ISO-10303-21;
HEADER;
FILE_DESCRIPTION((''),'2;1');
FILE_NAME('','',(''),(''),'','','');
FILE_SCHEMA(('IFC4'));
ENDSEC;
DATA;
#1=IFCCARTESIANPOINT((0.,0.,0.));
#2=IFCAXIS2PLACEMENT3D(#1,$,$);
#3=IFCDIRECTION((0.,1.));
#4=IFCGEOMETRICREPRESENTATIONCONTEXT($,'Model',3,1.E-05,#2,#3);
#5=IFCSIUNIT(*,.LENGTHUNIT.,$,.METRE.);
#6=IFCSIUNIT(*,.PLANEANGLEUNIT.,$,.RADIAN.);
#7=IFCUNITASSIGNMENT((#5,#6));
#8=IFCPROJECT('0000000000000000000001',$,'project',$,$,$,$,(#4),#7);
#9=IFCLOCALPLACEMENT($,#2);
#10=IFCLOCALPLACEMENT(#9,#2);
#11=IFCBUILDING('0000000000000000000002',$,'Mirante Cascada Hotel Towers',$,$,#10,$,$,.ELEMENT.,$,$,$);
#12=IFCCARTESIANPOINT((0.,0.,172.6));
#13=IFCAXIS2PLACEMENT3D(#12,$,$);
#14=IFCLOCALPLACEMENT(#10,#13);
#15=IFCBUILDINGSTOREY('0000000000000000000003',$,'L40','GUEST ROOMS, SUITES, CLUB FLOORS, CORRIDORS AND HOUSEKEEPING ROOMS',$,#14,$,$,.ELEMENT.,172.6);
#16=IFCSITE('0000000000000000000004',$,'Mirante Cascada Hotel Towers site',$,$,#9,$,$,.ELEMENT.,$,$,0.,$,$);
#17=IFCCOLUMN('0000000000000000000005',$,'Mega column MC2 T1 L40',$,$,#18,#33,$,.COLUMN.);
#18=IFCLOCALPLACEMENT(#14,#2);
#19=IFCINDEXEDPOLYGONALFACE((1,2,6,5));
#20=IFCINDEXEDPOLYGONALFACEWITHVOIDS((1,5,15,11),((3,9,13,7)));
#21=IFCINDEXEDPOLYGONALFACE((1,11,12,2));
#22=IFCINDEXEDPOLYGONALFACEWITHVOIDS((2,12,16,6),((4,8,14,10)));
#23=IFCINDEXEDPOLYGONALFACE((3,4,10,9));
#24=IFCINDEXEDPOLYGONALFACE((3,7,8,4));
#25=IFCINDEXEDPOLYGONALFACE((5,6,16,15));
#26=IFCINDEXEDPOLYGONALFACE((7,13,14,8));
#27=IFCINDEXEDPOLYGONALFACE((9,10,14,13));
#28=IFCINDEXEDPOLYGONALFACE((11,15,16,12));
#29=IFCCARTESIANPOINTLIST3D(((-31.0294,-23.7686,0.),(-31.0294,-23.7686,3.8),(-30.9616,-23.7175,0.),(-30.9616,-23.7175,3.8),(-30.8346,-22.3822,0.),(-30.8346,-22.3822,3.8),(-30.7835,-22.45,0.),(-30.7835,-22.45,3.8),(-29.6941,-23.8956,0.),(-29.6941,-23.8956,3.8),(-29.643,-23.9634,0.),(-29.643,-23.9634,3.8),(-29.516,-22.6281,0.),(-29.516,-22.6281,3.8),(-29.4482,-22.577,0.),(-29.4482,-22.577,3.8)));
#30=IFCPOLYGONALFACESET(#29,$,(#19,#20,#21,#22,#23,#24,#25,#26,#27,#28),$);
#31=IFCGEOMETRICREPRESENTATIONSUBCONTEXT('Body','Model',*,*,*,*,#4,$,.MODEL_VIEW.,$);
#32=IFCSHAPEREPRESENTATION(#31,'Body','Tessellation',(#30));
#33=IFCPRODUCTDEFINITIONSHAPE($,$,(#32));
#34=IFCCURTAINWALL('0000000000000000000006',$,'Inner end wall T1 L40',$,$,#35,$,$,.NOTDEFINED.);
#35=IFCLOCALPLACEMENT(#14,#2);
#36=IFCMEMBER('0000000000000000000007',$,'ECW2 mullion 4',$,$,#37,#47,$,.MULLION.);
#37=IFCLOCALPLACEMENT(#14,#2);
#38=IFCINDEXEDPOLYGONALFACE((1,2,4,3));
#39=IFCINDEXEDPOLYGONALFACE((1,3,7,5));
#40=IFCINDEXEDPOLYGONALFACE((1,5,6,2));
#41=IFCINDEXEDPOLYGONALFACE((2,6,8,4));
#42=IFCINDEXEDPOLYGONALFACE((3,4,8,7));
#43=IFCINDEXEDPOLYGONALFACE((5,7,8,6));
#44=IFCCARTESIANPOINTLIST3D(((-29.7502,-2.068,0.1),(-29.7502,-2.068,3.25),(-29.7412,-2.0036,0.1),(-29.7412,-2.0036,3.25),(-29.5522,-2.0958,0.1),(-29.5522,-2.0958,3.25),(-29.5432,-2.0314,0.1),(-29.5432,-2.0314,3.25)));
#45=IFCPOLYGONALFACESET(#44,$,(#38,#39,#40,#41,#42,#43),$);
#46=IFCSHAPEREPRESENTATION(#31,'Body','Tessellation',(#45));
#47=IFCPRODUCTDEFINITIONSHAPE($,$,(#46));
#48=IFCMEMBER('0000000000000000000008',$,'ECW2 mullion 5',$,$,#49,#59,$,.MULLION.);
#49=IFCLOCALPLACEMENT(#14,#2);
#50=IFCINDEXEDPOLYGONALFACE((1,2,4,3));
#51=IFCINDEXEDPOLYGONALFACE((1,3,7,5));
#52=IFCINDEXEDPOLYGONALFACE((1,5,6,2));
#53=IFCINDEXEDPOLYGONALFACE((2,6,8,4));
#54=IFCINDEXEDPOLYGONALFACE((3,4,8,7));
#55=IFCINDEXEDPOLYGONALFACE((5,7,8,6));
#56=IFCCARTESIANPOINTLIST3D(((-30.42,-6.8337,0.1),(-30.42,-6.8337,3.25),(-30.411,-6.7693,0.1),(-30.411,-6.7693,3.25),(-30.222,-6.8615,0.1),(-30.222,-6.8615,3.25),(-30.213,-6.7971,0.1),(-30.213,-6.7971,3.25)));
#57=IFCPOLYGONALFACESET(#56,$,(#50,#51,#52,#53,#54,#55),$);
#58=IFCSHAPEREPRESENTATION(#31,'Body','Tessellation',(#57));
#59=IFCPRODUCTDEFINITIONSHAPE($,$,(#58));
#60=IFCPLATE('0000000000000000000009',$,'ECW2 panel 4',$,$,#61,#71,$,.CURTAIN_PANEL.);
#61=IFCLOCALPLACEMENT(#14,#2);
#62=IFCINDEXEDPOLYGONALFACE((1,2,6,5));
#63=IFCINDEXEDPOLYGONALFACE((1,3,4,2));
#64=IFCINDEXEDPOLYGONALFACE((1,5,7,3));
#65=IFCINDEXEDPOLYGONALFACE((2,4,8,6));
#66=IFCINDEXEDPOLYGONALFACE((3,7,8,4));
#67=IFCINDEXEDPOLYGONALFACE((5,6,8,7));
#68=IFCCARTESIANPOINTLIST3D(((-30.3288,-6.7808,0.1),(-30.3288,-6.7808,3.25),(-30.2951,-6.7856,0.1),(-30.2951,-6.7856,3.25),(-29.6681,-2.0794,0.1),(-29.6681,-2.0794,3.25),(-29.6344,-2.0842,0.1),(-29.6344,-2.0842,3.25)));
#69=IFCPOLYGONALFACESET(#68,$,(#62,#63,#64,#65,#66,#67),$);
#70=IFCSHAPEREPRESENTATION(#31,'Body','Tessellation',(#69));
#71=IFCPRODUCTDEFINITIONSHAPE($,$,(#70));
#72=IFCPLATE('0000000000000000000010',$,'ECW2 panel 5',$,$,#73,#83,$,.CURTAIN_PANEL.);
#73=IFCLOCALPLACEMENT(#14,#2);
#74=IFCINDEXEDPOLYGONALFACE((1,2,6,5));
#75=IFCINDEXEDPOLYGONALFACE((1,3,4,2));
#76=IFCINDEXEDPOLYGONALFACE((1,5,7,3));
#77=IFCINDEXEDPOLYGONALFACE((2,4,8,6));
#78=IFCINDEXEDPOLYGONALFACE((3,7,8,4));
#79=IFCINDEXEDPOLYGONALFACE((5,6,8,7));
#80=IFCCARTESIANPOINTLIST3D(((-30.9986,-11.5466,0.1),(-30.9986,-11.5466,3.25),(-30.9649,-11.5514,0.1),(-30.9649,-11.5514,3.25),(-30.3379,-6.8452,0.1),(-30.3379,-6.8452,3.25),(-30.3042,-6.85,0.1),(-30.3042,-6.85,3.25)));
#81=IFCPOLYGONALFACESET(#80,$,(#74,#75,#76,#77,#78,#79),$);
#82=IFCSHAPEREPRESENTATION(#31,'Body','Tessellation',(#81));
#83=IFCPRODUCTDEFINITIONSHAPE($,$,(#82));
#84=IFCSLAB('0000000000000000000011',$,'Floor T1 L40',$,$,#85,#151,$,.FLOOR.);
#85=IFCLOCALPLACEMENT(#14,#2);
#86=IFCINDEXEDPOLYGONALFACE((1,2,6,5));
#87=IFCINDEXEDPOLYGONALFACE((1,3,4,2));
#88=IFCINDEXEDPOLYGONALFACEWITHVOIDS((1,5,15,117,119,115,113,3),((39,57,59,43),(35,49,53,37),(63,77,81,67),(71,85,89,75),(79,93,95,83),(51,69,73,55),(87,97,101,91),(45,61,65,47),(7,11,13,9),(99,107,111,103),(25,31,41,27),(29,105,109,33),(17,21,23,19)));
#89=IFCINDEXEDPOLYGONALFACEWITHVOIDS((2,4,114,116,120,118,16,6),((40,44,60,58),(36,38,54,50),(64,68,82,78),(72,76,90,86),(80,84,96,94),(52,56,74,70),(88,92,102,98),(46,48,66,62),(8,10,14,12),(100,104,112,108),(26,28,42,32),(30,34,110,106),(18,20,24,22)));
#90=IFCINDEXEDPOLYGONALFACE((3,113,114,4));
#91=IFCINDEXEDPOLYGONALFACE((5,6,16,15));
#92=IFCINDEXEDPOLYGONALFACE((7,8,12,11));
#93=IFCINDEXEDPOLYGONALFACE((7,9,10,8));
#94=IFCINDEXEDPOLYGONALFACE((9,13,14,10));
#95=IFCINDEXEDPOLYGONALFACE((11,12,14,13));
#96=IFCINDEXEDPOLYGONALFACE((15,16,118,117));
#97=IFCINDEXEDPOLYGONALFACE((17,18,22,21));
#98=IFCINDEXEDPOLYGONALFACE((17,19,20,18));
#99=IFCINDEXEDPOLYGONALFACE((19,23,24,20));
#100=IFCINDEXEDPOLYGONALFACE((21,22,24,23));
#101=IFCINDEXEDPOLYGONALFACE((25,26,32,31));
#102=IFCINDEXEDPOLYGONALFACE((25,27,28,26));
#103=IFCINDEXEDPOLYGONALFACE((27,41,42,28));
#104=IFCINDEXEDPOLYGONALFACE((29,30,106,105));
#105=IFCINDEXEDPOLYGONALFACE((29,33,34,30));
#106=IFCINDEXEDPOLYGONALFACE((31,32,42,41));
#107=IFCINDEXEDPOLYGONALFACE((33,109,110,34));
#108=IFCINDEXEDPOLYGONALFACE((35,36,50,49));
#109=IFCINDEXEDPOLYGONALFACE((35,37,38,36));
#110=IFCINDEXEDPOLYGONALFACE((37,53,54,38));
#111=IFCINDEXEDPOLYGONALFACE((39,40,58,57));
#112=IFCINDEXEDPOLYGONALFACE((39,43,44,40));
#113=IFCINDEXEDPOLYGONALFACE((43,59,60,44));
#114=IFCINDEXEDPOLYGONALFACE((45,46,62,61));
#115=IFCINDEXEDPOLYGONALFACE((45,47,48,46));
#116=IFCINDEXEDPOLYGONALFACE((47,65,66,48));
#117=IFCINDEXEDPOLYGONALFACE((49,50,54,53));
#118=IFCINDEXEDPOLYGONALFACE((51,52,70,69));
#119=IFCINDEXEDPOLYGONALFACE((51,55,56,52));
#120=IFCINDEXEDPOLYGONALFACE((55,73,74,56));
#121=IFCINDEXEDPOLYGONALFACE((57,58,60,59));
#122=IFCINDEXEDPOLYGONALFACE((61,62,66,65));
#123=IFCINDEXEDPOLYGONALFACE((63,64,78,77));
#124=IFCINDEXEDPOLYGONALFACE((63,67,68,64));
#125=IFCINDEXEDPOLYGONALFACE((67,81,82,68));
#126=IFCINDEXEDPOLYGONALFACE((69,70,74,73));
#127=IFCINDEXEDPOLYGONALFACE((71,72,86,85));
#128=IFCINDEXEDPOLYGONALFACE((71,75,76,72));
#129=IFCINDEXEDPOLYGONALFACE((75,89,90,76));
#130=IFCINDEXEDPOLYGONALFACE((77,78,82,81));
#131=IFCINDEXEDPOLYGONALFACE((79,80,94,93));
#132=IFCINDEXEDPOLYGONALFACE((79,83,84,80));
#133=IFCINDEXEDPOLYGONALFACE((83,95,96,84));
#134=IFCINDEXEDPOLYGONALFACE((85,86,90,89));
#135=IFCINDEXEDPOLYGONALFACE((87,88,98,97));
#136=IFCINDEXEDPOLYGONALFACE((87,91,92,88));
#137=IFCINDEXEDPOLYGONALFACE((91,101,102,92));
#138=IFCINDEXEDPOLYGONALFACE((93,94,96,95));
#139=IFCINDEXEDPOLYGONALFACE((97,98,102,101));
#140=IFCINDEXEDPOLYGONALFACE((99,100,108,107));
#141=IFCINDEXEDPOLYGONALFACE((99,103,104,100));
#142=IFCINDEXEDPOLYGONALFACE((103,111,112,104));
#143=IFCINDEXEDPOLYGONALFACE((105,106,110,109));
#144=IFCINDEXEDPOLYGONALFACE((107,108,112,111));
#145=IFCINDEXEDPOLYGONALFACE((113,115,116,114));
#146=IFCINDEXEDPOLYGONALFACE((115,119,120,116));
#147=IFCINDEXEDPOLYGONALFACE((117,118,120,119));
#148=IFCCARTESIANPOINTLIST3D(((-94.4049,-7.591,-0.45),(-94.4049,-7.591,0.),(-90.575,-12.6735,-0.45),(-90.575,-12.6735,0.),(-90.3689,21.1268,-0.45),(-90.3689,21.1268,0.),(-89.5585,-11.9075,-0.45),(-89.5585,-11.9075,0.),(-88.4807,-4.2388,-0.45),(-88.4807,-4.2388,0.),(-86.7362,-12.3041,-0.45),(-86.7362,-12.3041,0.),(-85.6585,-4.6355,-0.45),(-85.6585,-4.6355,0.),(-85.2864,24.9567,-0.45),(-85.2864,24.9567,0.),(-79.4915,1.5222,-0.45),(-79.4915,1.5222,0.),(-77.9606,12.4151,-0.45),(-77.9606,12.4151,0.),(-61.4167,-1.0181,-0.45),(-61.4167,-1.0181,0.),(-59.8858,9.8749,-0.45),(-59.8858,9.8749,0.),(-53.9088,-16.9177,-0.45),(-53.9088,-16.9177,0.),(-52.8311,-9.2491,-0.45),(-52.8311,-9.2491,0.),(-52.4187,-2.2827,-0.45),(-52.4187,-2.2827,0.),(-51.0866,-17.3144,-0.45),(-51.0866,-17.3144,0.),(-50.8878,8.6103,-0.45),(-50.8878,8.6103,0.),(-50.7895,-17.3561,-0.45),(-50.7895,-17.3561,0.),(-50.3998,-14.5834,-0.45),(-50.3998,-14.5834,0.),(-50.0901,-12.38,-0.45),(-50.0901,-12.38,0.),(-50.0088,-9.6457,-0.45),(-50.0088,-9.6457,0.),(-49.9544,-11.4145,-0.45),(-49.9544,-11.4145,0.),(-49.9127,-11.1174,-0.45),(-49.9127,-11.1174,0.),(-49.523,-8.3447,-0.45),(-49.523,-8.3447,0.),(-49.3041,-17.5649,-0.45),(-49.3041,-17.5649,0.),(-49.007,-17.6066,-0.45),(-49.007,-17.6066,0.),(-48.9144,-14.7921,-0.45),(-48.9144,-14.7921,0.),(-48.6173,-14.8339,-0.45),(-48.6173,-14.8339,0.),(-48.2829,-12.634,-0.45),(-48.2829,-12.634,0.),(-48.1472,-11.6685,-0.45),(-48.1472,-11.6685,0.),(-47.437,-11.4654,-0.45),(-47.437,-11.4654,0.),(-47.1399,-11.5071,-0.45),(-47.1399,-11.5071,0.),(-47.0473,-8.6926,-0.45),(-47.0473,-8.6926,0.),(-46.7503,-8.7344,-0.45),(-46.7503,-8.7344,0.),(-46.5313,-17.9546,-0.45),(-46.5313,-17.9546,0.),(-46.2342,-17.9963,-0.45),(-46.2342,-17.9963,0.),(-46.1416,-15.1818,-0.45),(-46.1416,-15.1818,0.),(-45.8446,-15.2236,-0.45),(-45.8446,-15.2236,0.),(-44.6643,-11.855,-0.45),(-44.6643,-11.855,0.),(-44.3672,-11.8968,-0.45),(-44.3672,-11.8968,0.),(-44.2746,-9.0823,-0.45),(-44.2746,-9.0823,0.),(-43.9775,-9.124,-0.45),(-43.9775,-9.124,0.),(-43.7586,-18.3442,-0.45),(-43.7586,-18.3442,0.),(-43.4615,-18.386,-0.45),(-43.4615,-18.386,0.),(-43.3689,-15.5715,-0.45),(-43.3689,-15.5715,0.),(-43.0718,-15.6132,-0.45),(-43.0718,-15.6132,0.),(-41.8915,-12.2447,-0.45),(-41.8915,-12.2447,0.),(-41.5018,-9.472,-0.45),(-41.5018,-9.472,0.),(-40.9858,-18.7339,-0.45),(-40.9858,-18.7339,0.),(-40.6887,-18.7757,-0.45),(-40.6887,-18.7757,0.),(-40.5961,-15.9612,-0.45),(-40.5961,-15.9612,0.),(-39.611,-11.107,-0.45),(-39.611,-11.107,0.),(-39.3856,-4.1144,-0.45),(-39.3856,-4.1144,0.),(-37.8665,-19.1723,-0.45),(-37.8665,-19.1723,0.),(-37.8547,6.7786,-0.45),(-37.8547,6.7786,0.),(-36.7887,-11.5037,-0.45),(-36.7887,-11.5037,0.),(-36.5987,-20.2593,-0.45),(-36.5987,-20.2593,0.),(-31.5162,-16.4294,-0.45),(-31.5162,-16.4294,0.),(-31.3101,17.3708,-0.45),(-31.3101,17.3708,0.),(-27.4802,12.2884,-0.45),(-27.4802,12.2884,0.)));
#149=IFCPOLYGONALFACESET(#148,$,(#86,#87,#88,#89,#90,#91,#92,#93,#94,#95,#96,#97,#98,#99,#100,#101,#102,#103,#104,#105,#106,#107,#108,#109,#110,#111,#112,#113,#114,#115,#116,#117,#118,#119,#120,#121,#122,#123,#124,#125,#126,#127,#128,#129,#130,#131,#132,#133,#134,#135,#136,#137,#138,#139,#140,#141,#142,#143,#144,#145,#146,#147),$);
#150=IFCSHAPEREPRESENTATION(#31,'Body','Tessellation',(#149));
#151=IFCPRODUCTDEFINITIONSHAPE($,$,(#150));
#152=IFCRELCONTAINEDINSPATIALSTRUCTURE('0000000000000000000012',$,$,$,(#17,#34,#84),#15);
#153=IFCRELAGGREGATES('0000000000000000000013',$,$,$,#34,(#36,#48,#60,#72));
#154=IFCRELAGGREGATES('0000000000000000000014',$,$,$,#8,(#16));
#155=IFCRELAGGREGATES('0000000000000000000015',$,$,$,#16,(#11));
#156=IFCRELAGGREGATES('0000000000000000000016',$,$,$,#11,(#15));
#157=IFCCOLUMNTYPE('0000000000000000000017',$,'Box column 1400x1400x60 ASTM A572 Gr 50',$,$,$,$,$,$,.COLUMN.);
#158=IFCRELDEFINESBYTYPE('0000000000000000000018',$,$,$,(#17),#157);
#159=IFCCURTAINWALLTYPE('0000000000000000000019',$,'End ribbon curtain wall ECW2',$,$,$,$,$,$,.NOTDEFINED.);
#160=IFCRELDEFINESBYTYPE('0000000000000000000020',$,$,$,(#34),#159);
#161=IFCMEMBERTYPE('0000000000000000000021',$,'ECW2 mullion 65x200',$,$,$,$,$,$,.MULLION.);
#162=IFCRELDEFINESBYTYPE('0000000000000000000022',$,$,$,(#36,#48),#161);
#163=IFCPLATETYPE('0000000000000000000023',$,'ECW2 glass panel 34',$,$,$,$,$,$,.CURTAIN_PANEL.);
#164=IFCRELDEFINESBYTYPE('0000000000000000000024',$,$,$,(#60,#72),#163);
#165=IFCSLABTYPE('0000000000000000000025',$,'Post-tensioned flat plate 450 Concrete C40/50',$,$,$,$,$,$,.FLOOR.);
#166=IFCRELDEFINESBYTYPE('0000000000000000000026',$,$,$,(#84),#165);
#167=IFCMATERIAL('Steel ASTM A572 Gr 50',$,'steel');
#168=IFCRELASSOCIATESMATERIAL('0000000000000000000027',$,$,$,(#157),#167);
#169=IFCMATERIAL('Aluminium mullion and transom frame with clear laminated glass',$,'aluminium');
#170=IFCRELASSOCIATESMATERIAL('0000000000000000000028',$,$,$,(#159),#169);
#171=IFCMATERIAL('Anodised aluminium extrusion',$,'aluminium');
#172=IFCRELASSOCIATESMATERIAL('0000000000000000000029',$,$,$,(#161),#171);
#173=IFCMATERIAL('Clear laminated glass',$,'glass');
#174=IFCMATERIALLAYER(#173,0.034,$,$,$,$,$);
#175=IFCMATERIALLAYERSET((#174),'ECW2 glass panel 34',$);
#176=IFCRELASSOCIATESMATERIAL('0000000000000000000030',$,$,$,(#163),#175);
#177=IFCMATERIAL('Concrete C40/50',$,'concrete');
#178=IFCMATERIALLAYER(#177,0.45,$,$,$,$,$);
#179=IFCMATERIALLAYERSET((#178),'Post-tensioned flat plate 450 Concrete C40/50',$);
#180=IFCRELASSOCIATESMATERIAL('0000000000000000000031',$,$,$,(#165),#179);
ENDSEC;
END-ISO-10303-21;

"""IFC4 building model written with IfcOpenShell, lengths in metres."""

from ifc_helpers import new_model, si_unit, direction, frame, origin, origin_2d, place, context, subcontext, project, spatial, polyline, rectangle, hollow_rectangle, outline, extrude, material, layer, layer_set, material_profile, profile_set, type_object, element, aggregate, save


model = new_model("IFC4")

# Units and contexts
model_context = context("Model", 3, precision=1e-05, world=origin(), true_north=direction((0.0, 1.0)))
body_context = subcontext(model_context, "Body", "Model", "MODEL_VIEW")
ifc_project = project(units=[si_unit("LENGTHUNIT", "METRE"), si_unit("PLANEANGLEUNIT", "RADIAN")], contexts=[model_context])

# Site, building, storey
site_placement = place(None, origin())
site = spatial("IfcSite", under=ifc_project, at=site_placement, Name="Mirante Cascada Hotel Towers site", CompositionType="ELEMENT", RefElevation=0.0)
building_placement = place(site_placement, origin())
building = spatial("IfcBuilding", under=site, at=building_placement, Name="Mirante Cascada Hotel Towers", CompositionType="ELEMENT")
storey_placement = place(building_placement, frame((0.0, 0.0, 172.6)))
storey = spatial("IfcBuildingStorey", under=building, at=storey_placement, Name="L40", Description="GUEST ROOMS, SUITES, CLUB FLOORS, CORRIDORS AND HOUSEKEEPING ROOMS", CompositionType="ELEMENT", Elevation=172.6)

# Column
ifc_material_1 = material(Name="Steel ASTM A572 Gr 50", Category="steel")
ifc_material_profile_1 = material_profile(ifc_material_1, hollow_rectangle(XDim=1.4, YDim=1.4, WallThickness=0.06, at=origin_2d()), Name="Box column 1400x1400x60 ASTM A572 Gr 50")
ifc_profile_set_1 = profile_set([ifc_material_profile_1], Name="Steel ASTM A572 Gr 50")
column_type = type_object("IfcColumnType", Name="Box column 1400x1400x60 ASTM A572 Gr 50", PredefinedType="COLUMN", material=ifc_profile_set_1)
column_placement = place(storey_placement, frame((-30.2388, -23.1728, 0.0), z_axis=(0.0, 0.0, 1.0), x_axis=(-0.990268, 0.139173, 0.0)))
element("IfcColumn", 1, at=column_placement, inside=storey, type_object=column_type, Name="Mega column MC2 T1 L40", PredefinedType="COLUMN", context=body_context, shape_type="SweptSolid", body=[
    extrude(hollow_rectangle(XDim=1.4, YDim=1.4, WallThickness=0.06, at=origin_2d()), origin(), (0.0, 0.0, 1.0), 3.8),
])

# Curtain wall, members, plates
ifc_material_2 = material(Name="Aluminium mullion and transom frame with clear laminated glass", Category="aluminium")
curtain_wall_type = type_object("IfcCurtainWallType", Name="End ribbon curtain wall ECW2", PredefinedType="NOTDEFINED", material=ifc_material_2)
curtain_wall_placement = place(storey_placement, origin())
curtain_wall = element("IfcCurtainWall", 2, at=curtain_wall_placement, inside=storey, type_object=curtain_wall_type, Name="Inner end wall T1 L40", PredefinedType="NOTDEFINED")
ifc_material_3 = material(Name="Anodised aluminium extrusion", Category="aluminium")
ifc_material_profile_2 = material_profile(ifc_material_3, rectangle(XDim=0.2, YDim=0.065, at=origin_2d()), Name="ECW2 MULLION 65x200")
ifc_profile_set_2 = profile_set([ifc_material_profile_2], Name="Anodised aluminium extrusion")
member_type = type_object("IfcMemberType", Name="ECW2 mullion 65x200", PredefinedType="MULLION", material=ifc_profile_set_2)
member_1_placement = place(storey_placement, frame((-29.6467, -2.0497, 0.1), z_axis=(0.0, 0.0, 1.0), x_axis=(0.990268, -0.139173, 0.0)))
member_1 = element("IfcMember", 3, at=member_1_placement, type_object=member_type, Name="ECW2 mullion 4", PredefinedType="MULLION", context=body_context, shape_type="SweptSolid", body=[
    extrude(rectangle(XDim=0.2, YDim=0.065, at=origin_2d()), origin(), (0.0, 0.0, 1.0), 3.15),
])
member_2_placement = place(storey_placement, frame((-30.3165, -6.8154, 0.1), z_axis=(0.0, 0.0, 1.0), x_axis=(0.990268, -0.139173, 0.0)))
member_2 = element("IfcMember", 4, at=member_2_placement, type_object=member_type, Name="ECW2 mullion 5", PredefinedType="MULLION", context=body_context, shape_type="SweptSolid", body=[
    extrude(rectangle(XDim=0.2, YDim=0.065, at=origin_2d()), origin(), (0.0, 0.0, 1.0), 3.15),
])
ifc_material_4 = material(Name="Clear laminated glass", Category="glass")
ifc_layer_1 = layer(ifc_material_4, 0.034)
ifc_layer_set_1 = layer_set([ifc_layer_1], Name="ECW2 glass panel 34")
plate_type = type_object("IfcPlateType", Name="ECW2 glass panel 34", PredefinedType="CURTAIN_PANEL", material=ifc_layer_set_1)
plate_1_placement = place(storey_placement, frame((-29.9816, -4.4325, 0.1), z_axis=(0.0, 0.0, 1.0), x_axis=(-0.139173, -0.990268, 0.0)))
plate_1 = element("IfcPlate", 5, at=plate_1_placement, type_object=plate_type, Name="ECW2 panel 4", PredefinedType="CURTAIN_PANEL", context=body_context, shape_type="SweptSolid", body=[
    extrude(rectangle(XDim=4.7476, YDim=0.034, at=origin_2d()), origin(), (0.0, 0.0, 1.0), 3.15),
])
plate_2_placement = place(storey_placement, frame((-30.6514, -9.1983, 0.1), z_axis=(0.0, 0.0, 1.0), x_axis=(-0.139173, -0.990268, 0.0)))
plate_2 = element("IfcPlate", 6, at=plate_2_placement, type_object=plate_type, Name="ECW2 panel 5", PredefinedType="CURTAIN_PANEL", context=body_context, shape_type="SweptSolid", body=[
    extrude(rectangle(XDim=4.7476, YDim=0.034, at=origin_2d()), origin(), (0.0, 0.0, 1.0), 3.15),
])
aggregate(curtain_wall, [member_1, member_2, plate_1, plate_2])

# Slab
ifc_material_5 = material(Name="Concrete C40/50", Category="concrete")
ifc_layer_2 = layer(ifc_material_5, 0.45)
ifc_layer_set_2 = layer_set([ifc_layer_2], Name="Post-tensioned flat plate 450 Concrete C40/50")
slab_type = type_object("IfcSlabType", Name="Post-tensioned flat plate 450 Concrete C40/50", PredefinedType="FLOOR", material=ifc_layer_set_2)
slab_1_placement = place(storey_placement, frame((0.0, 0.0, -0.45)))
element("IfcSlab", 7, at=slab_1_placement, inside=storey, type_object=slab_type, Name="Floor T1 L40", PredefinedType="FLOOR", context=body_context, shape_type="SweptSolid", body=[
    extrude(outline(polyline([(-31.5162, -16.4294), (-27.4802, 12.2884), (-31.3101, 17.3708), (-85.2864, 24.9567), (-90.3689, 21.1268), (-94.4049, -7.591), (-90.575, -12.6735), (-36.5987, -20.2593), (-31.5162, -16.4294)]), holes=[polyline([(-40.5961, -15.9612), (-40.9858, -18.7339), (-43.4615, -18.386), (-43.0718, -15.6132), (-40.5961, -15.9612)]), polyline([(-45.8446, -15.2236), (-43.3689, -15.5715), (-43.7586, -18.3442), (-46.2342, -17.9963), (-45.8446, -15.2236)]), polyline([(-48.6173, -14.8339), (-46.1416, -15.1818), (-46.5313, -17.9546), (-49.007, -17.6066), (-48.6173, -14.8339)]), polyline([(-37.8665, -19.1723), (-40.6887, -18.7757), (-39.611, -11.107), (-36.7887, -11.5037), (-37.8665, -19.1723)]), polyline([(-43.9775, -9.124), (-41.5018, -9.472), (-41.8915, -12.2447), (-44.3672, -11.8968), (-43.9775, -9.124)]), polyline([(-46.7503, -8.7344), (-44.2746, -9.0823), (-44.6643, -11.855), (-47.1399, -11.5071), (-46.7503, -8.7344)]), polyline([(-48.9144, -14.7921), (-49.3041, -17.5649), (-50.7895, -17.3561), (-50.3998, -14.5834), (-48.9144, -14.7921)]), polyline([(-50.0088, -9.6457), (-51.0866, -17.3144), (-53.9088, -16.9177), (-52.8311, -9.2491), (-50.0088, -9.6457)]), polyline([(-85.6585, -4.6355), (-86.7362, -12.3041), (-89.5585, -11.9075), (-88.4807, -4.2388), (-85.6585, -4.6355)]), polyline([(-48.1472, -11.6685), (-48.2829, -12.634), (-50.0901, -12.38), (-49.9544, -11.4145), (-48.1472, -11.6685)]), polyline([(-49.523, -8.3447), (-47.0473, -8.6926), (-47.437, -11.4654), (-49.9127, -11.1174), (-49.523, -8.3447)]), polyline([(-59.8858, 9.8749), (-61.4167, -1.0181), (-61.4167, -1.0181), (-79.4915, 1.5222), (-77.9606, 12.4151), (-59.8858, 9.8749)]), polyline([(-37.8547, 6.7786), (-39.3856, -4.1144), (-52.4187, -2.2827), (-52.4187, -2.2827), (-50.8878, 8.6103), (-37.8547, 6.7786)])]), origin(), (0.0, 0.0, 1.0), 0.45),
])

save(model, "model.ifc")
